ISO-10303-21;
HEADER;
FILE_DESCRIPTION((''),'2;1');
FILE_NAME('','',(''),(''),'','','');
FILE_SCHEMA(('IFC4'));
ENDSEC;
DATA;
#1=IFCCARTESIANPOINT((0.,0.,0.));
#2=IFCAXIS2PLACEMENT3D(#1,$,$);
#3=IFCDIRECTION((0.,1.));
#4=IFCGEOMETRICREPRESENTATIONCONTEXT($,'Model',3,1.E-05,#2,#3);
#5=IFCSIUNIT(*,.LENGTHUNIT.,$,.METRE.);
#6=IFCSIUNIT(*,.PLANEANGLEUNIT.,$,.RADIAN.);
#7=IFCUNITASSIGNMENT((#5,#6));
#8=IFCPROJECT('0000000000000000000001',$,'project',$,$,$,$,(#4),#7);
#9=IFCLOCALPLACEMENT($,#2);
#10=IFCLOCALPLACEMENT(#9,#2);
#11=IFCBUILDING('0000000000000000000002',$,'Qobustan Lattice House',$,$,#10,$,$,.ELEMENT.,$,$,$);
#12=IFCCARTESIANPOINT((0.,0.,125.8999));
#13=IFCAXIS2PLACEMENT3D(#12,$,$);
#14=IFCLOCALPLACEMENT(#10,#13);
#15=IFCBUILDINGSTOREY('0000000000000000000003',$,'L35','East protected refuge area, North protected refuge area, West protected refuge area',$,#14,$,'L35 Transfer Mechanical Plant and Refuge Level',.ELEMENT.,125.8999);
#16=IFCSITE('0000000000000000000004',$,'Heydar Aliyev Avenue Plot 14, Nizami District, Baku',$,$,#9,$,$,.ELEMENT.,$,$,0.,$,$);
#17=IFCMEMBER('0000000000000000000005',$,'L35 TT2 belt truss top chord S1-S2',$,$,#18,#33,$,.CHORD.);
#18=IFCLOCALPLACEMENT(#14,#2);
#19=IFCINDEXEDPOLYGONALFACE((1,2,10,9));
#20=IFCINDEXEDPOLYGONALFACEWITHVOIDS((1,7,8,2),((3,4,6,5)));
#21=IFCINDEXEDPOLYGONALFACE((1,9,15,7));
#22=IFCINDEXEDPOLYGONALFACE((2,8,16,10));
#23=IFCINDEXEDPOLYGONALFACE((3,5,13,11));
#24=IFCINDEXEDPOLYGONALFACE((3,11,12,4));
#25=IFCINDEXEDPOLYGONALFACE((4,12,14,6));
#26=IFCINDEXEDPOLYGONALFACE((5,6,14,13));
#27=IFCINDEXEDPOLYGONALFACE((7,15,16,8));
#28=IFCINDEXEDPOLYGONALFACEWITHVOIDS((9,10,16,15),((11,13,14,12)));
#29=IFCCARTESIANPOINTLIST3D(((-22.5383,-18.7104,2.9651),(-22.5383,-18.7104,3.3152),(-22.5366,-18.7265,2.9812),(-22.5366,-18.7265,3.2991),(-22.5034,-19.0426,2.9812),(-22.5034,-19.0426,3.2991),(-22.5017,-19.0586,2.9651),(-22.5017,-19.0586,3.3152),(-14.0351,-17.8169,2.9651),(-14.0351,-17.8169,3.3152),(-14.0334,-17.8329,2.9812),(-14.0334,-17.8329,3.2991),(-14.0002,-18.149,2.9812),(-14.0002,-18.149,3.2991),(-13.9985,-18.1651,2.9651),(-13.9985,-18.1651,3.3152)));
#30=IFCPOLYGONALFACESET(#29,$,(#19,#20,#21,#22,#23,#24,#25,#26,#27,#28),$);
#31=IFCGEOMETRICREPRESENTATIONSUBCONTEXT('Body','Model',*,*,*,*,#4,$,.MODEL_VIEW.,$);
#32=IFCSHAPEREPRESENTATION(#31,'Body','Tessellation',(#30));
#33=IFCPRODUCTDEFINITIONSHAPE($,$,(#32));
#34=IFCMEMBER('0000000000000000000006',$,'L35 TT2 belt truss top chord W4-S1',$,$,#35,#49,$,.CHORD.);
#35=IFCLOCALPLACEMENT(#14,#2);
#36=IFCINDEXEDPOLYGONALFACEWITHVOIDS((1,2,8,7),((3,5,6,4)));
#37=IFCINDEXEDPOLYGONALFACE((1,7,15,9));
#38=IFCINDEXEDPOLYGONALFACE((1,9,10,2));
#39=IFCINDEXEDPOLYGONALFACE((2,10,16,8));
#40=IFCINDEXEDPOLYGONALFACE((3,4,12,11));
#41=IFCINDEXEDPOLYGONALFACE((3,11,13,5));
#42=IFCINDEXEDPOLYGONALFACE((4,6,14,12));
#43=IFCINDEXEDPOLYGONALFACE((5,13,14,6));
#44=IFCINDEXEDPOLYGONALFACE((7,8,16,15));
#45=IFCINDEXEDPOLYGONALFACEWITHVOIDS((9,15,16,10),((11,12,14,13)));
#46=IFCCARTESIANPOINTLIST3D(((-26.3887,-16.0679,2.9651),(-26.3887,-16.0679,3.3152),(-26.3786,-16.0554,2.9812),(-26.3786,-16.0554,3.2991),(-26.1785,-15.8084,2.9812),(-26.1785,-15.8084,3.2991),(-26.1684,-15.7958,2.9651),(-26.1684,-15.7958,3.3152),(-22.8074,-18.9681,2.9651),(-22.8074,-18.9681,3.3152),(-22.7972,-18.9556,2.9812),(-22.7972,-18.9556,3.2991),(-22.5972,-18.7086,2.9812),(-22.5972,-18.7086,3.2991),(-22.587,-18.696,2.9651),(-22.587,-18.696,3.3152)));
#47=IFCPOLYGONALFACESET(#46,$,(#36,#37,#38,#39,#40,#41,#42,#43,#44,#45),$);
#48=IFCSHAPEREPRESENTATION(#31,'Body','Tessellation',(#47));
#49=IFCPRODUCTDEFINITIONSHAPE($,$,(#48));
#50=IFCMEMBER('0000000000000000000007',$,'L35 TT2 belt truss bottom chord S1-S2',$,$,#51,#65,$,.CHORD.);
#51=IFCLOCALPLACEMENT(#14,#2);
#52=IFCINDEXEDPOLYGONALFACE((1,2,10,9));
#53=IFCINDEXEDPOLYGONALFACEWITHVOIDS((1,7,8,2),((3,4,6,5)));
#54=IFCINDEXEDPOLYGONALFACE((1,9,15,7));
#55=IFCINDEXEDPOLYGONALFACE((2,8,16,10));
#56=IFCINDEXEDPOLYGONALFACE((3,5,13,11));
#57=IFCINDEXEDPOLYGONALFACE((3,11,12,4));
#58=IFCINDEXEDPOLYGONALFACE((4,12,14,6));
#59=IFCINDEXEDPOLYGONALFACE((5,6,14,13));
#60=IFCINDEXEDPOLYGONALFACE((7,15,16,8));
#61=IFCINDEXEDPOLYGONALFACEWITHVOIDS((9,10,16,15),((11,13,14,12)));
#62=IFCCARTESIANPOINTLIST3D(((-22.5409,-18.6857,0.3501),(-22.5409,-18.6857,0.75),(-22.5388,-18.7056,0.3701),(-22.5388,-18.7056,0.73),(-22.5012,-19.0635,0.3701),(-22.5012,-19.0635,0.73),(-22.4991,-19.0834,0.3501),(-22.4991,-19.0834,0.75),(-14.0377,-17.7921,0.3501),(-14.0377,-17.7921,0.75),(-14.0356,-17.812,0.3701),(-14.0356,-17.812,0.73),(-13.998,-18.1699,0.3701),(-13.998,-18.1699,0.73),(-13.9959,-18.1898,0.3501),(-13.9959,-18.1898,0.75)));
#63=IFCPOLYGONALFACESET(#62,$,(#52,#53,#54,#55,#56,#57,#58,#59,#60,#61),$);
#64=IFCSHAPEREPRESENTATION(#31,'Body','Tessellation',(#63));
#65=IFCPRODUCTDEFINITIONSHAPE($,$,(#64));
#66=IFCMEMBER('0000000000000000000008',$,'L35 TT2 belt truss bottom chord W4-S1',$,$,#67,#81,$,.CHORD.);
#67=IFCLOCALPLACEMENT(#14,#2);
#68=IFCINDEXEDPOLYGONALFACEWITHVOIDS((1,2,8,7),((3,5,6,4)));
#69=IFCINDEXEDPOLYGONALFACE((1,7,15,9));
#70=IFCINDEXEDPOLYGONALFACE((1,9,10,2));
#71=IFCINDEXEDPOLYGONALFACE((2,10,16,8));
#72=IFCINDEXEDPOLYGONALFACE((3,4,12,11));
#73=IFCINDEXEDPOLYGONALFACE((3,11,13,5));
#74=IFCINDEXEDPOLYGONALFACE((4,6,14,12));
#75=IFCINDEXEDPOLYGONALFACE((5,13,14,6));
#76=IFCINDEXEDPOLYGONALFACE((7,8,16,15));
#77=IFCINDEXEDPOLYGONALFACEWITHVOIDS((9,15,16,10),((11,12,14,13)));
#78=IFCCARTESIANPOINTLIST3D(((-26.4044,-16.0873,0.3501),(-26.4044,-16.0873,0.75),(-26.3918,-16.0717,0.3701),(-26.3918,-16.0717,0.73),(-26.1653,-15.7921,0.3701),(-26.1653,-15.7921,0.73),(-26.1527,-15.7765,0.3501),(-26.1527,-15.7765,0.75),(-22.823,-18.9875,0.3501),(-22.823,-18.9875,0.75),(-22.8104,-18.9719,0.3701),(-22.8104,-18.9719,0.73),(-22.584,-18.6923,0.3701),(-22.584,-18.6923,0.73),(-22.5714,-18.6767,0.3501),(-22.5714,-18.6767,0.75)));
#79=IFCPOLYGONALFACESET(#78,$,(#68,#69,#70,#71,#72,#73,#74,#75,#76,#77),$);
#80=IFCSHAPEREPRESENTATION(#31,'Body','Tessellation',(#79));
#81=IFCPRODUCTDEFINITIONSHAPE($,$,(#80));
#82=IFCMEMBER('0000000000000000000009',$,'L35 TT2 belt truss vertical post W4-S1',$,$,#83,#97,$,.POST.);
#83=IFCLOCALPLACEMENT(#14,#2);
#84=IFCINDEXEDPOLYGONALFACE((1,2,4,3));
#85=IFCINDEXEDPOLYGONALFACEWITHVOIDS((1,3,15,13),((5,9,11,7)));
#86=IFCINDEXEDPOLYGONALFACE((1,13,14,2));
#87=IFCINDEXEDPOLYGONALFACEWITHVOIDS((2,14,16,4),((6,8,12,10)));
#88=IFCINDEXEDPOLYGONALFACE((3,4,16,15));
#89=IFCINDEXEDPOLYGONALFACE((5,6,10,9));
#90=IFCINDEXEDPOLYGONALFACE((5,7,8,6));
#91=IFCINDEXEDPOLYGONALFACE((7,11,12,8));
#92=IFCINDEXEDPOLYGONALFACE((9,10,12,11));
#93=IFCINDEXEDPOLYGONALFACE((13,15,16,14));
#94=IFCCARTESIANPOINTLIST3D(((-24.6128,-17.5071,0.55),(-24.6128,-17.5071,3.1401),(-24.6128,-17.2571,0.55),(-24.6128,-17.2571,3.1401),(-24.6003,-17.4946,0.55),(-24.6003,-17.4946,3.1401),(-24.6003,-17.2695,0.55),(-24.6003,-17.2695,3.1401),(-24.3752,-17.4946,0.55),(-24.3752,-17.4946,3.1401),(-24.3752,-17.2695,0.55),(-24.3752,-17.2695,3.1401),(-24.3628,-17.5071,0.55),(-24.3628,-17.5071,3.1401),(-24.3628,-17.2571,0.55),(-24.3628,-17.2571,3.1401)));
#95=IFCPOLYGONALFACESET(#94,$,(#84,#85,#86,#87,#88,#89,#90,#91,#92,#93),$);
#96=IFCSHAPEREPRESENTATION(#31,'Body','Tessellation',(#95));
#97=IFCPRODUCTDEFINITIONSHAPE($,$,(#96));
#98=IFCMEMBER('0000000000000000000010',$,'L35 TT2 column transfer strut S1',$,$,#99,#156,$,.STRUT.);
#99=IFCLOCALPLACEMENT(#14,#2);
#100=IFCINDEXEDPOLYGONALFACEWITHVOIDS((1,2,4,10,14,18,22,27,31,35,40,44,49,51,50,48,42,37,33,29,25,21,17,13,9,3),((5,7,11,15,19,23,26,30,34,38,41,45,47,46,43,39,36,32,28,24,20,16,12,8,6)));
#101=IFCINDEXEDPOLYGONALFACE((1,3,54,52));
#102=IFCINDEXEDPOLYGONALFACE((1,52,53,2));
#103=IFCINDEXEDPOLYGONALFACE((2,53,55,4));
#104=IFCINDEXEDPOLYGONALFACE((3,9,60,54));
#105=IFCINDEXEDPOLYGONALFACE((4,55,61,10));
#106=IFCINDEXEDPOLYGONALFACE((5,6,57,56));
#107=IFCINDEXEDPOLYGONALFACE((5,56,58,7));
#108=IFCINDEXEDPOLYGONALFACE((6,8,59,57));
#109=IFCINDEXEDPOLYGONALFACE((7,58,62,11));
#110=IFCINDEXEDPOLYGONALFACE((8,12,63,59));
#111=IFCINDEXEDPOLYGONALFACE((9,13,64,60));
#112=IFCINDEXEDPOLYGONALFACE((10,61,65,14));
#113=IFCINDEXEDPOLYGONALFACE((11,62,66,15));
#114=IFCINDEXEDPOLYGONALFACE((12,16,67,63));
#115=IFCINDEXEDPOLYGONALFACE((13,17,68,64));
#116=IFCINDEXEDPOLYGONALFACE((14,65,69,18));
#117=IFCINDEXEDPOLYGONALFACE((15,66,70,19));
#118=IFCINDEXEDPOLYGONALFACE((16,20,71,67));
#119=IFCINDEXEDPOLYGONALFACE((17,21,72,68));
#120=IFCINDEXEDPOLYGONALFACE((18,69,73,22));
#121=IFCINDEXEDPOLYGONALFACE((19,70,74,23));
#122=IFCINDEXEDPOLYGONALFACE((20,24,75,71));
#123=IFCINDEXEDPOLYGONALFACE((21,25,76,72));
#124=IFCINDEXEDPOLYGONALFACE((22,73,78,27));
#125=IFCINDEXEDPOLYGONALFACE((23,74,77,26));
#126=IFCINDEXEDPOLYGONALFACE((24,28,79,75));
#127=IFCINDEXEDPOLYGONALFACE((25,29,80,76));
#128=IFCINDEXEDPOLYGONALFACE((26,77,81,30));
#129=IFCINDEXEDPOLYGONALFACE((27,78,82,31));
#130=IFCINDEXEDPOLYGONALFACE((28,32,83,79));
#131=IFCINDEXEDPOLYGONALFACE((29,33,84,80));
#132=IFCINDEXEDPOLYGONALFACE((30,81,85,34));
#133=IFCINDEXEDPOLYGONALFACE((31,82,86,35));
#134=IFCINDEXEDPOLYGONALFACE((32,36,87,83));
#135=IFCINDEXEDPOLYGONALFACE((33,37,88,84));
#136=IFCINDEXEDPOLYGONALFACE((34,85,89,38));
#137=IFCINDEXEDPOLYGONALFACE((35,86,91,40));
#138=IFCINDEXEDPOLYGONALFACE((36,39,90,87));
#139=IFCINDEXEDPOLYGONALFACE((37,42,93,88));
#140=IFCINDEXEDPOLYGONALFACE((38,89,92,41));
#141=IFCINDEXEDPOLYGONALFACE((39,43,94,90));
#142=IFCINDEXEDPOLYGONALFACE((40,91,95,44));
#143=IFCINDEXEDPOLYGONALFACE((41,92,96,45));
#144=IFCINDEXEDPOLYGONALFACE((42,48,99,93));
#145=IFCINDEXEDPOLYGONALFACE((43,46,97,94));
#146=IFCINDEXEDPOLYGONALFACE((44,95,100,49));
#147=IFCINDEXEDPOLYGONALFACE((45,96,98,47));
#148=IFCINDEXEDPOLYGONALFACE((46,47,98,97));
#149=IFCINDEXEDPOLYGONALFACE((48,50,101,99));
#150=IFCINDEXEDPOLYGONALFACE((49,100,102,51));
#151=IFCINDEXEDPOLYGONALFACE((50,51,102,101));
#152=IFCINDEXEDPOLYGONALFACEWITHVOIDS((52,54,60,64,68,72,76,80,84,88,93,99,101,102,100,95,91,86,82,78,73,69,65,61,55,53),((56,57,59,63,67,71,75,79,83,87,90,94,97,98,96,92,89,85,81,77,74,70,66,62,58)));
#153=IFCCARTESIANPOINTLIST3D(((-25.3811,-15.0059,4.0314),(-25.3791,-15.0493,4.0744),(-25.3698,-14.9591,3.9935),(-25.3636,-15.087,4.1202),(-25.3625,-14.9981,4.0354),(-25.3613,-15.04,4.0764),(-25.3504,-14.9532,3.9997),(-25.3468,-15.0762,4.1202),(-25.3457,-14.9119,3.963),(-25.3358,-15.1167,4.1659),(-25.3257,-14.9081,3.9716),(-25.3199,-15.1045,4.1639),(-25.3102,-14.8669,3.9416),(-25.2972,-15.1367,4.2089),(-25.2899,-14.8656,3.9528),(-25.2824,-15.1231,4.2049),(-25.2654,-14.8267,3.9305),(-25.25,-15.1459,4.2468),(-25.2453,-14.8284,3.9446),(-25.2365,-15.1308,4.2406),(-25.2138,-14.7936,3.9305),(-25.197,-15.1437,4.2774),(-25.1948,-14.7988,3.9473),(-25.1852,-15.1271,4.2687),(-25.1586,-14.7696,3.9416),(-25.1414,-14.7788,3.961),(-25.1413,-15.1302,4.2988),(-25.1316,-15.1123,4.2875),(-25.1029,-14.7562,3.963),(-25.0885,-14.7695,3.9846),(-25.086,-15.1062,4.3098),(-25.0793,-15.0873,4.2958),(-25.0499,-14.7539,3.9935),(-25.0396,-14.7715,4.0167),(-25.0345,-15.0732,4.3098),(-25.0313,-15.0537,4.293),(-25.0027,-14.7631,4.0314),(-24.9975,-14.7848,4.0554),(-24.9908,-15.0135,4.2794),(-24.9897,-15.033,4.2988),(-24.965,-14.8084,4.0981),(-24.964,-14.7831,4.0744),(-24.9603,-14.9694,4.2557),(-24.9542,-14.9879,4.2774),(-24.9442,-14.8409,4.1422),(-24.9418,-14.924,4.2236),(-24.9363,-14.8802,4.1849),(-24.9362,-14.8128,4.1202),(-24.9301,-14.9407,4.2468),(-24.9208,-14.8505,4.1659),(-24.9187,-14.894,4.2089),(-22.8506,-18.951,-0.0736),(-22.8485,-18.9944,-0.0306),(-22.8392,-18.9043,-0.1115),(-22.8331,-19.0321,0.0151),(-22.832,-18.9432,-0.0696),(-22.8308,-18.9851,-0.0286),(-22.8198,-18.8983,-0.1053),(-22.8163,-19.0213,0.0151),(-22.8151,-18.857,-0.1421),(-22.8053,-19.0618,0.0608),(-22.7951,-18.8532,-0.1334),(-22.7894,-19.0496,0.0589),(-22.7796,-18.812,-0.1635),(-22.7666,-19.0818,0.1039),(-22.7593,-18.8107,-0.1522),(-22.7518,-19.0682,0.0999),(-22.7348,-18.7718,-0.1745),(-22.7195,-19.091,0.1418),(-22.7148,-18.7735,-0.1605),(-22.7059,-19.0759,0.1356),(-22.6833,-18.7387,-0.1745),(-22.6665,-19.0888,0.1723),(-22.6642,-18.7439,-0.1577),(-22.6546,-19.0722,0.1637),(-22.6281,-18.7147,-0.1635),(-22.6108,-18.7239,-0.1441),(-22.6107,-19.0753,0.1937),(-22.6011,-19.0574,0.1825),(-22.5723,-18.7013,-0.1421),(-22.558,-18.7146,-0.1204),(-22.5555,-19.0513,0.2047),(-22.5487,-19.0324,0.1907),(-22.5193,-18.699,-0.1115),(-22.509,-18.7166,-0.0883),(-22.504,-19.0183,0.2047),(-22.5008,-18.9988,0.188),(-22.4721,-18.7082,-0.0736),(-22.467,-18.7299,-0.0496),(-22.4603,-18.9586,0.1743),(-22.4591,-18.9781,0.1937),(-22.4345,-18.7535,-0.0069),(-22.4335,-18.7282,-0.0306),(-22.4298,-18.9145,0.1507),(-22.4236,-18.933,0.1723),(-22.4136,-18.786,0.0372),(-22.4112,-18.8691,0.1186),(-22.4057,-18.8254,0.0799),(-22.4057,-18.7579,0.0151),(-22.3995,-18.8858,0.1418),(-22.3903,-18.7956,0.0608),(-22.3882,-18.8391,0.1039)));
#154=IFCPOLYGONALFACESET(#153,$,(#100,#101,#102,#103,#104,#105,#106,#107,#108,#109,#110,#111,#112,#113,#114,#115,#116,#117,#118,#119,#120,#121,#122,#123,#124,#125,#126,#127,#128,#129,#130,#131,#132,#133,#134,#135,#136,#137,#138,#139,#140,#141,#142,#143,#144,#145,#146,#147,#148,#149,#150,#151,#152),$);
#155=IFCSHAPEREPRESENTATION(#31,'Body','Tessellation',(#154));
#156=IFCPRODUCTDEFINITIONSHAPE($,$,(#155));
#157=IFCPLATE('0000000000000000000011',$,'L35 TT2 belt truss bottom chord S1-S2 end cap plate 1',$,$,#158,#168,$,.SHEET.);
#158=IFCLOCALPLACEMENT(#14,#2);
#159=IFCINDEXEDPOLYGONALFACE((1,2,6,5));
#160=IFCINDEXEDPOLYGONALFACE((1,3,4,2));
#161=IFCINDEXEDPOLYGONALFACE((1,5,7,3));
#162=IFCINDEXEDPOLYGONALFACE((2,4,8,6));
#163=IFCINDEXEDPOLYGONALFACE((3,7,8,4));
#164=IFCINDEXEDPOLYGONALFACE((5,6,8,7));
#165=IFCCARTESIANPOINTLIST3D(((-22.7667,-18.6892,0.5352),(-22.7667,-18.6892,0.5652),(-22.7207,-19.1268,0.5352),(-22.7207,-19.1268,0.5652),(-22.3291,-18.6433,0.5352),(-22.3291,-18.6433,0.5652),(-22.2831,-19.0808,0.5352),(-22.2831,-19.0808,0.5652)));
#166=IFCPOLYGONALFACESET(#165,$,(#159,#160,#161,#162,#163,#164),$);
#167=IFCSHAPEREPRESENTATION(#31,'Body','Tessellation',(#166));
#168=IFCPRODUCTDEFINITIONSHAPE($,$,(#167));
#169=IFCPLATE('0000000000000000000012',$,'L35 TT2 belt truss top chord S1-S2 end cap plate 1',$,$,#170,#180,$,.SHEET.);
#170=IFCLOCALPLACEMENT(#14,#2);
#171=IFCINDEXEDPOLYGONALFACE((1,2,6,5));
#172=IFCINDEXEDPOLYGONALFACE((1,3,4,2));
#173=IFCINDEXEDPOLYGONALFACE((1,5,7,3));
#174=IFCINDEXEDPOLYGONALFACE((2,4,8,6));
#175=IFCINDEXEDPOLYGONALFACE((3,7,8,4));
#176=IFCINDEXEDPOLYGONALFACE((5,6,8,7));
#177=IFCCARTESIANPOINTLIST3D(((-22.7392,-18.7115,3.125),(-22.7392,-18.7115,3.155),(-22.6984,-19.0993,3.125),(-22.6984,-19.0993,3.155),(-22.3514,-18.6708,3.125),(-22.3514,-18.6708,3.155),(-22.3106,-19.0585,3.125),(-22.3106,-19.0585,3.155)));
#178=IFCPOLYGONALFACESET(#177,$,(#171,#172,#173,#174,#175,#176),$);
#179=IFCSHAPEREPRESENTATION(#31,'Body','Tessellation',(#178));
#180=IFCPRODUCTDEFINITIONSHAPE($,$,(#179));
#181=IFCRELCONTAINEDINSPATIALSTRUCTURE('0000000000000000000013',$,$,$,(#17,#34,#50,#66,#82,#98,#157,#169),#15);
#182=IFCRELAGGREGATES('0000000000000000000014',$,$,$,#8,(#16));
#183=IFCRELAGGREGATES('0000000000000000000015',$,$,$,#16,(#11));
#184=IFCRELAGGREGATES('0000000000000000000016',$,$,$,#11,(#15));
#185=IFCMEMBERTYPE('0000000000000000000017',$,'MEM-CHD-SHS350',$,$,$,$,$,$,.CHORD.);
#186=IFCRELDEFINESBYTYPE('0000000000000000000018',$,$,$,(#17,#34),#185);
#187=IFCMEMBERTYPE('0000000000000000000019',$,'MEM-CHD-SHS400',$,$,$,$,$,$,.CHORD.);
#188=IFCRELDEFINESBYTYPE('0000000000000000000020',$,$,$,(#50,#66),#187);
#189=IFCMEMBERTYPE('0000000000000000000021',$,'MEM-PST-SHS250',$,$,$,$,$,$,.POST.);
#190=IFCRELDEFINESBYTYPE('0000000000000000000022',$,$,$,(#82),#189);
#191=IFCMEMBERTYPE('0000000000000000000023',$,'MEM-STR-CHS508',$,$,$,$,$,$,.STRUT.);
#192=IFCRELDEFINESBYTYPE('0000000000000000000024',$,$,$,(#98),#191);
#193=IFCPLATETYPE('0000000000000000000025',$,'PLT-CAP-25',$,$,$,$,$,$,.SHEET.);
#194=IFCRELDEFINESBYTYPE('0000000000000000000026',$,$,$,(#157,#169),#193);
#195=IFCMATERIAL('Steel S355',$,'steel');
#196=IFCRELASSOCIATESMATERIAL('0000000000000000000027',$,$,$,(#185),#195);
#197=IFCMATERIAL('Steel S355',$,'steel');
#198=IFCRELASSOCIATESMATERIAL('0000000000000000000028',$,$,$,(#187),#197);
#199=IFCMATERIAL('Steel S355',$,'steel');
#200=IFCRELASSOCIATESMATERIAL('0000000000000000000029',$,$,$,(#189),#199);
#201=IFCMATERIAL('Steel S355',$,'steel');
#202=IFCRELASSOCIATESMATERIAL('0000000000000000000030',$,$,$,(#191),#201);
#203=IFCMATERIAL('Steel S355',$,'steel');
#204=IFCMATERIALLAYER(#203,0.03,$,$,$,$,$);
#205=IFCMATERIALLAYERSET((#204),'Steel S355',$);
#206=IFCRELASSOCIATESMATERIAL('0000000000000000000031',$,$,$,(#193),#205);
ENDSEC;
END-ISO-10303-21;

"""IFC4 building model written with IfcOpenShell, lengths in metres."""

from ifc_helpers import new_model, si_unit, direction, frame, origin, origin_2d, place, context, subcontext, project, spatial, rectangle, hollow_rectangle, hollow_circle, extrude, material, layer, layer_set, material_profile, profile_set, type_object, element, save


model = new_model("IFC4")

# Units and contexts
model_context = context("Model", 3, precision=1e-05, world=origin(), true_north=direction((0.0, 1.0)))
body_context = subcontext(model_context, "Body", "Model", "MODEL_VIEW")
ifc_project = project(units=[si_unit("LENGTHUNIT", "METRE"), si_unit("PLANEANGLEUNIT", "RADIAN")], contexts=[model_context])

# Site, building, storey
site_placement = place(None, origin())
site = spatial("IfcSite", under=ifc_project, at=site_placement, Name="Heydar Aliyev Avenue Plot 14, Nizami District, Baku", CompositionType="ELEMENT", RefElevation=0.0)
building_placement = place(site_placement, origin())
building = spatial("IfcBuilding", under=site, at=building_placement, Name="Qobustan Lattice House", CompositionType="ELEMENT")
storey_placement = place(building_placement, frame((0.0, 0.0, 125.8999)))
storey = spatial("IfcBuildingStorey", under=building, at=storey_placement, Name="L35", Description="East protected refuge area, North protected refuge area, West protected refuge area", LongName="L35 Transfer Mechanical Plant and Refuge Level", CompositionType="ELEMENT", Elevation=125.8999)

# Members
ifc_material_1 = material(Name="Steel S355", Category="steel")
ifc_material_profile_1 = material_profile(ifc_material_1, hollow_rectangle(XDim=0.3501, YDim=0.3501, WallThickness=0.0161, at=origin_2d()), Name="SHS350x350x16")
ifc_profile_set_1 = profile_set([ifc_material_profile_1], Name="Steel S355")
member_type_1 = type_object("IfcMemberType", Name="MEM-CHD-SHS350", PredefinedType="CHORD", material=ifc_profile_set_1)
member_1_placement = place(storey_placement, frame((-22.52, -18.8845, 3.1401), z_axis=(0.994524, 0.104509, 0.0), x_axis=(-0.104509, 0.994524, 0.0)))
element("IfcMember", 1, at=member_1_placement, inside=storey, type_object=member_type_1, Name="L35 TT2 belt truss top chord S1-S2", PredefinedType="CHORD", context=body_context, shape_type="SweptSolid", body=[
    extrude(hollow_rectangle(XDim=0.3501, YDim=0.3501, WallThickness=0.0161, at=origin_2d()), origin(), (0.0, 0.0, 1.0), 8.55),
])
member_2_placement = place(storey_placement, frame((-26.2786, -15.9319, 3.1401), z_axis=(0.777139, -0.629329, 0.0), x_axis=(0.629329, 0.777139, 0.0)))
element("IfcMember", 2, at=member_2_placement, inside=storey, type_object=member_type_1, Name="L35 TT2 belt truss top chord W4-S1", PredefinedType="CHORD", context=body_context, shape_type="SweptSolid", body=[
    extrude(hollow_rectangle(XDim=0.3501, YDim=0.3501, WallThickness=0.0161, at=origin_2d()), origin(), (0.0, 0.0, 1.0), 4.6084),
])
ifc_material_2 = material(Name="Steel S355", Category="steel")
ifc_material_profile_2 = material_profile(ifc_material_2, hollow_rectangle(XDim=0.3999, YDim=0.3999, WallThickness=0.02, at=origin_2d()), Name="SHS400x400x20")
ifc_profile_set_2 = profile_set([ifc_material_profile_2], Name="Steel S355")
member_type_2 = type_object("IfcMemberType", Name="MEM-CHD-SHS400", PredefinedType="CHORD", material=ifc_profile_set_2)
member_3_placement = place(storey_placement, frame((-22.52, -18.8845, 0.55), z_axis=(0.994524, 0.104509, 0.0), x_axis=(-0.104509, 0.994524, 0.0)))
element("IfcMember", 3, at=member_3_placement, inside=storey, type_object=member_type_2, Name="L35 TT2 belt truss bottom chord S1-S2", PredefinedType="CHORD", context=body_context, shape_type="SweptSolid", body=[
    extrude(hollow_rectangle(XDim=0.3999, YDim=0.3999, WallThickness=0.02, at=origin_2d()), origin(), (0.0, 0.0, 1.0), 8.55),
])
member_4_placement = place(storey_placement, frame((-26.2786, -15.9319, 0.55), z_axis=(0.777139, -0.629329, 0.0), x_axis=(0.629329, 0.777139, 0.0)))
element("IfcMember", 4, at=member_4_placement, inside=storey, type_object=member_type_2, Name="L35 TT2 belt truss bottom chord W4-S1", PredefinedType="CHORD", context=body_context, shape_type="SweptSolid", body=[
    extrude(hollow_rectangle(XDim=0.3999, YDim=0.3999, WallThickness=0.02, at=origin_2d()), origin(), (0.0, 0.0, 1.0), 4.6084),
])
ifc_material_3 = material(Name="Steel S355", Category="steel")
ifc_material_profile_3 = material_profile(ifc_material_3, hollow_rectangle(XDim=0.25, YDim=0.25, WallThickness=0.0125, at=origin_2d()), Name="SHS250x250x12.5")
ifc_profile_set_3 = profile_set([ifc_material_profile_3], Name="Steel S355")
member_type_3 = type_object("IfcMemberType", Name="MEM-PST-SHS250", PredefinedType="POST", material=ifc_profile_set_3)
member_5_placement = place(storey_placement, frame((-24.4878, -17.3821, 0.55), z_axis=(0.0, 0.0, 1.0), x_axis=(1.0, 0.0, 0.0)))
element("IfcMember", 5, at=member_5_placement, inside=storey, type_object=member_type_3, Name="L35 TT2 belt truss vertical post W4-S1", PredefinedType="POST", context=body_context, shape_type="SweptSolid", body=[
    extrude(hollow_rectangle(XDim=0.25, YDim=0.25, WallThickness=0.0125, at=origin_2d()), origin(), (0.0, 0.0, 1.0), 2.5901),
])
ifc_material_4 = material(Name="Steel S355", Category="steel")
ifc_material_profile_4 = material_profile(ifc_material_4, hollow_circle(Radius=0.2539, WallThickness=0.02, at=origin_2d()), Name="CHS508x20")
ifc_profile_set_4 = profile_set([ifc_material_profile_4], Name="Steel S355")
member_type_4 = type_object("IfcMemberType", Name="MEM-STR-CHS508", PredefinedType="STRUT", material=ifc_profile_set_4)
member_6_placement = place(storey_placement, frame((-22.6194, -18.895, 0.0151), z_axis=(-0.406156, 0.633196, 0.658863), x_axis=(-0.841721, -0.539912, 0.0)))
element("IfcMember", 6, at=member_6_placement, inside=storey, type_object=member_type_4, Name="L35 TT2 column transfer strut S1", PredefinedType="STRUT", context=body_context, shape_type="SweptSolid", body=[
    extrude(hollow_circle(Radius=0.2539, WallThickness=0.02, at=origin_2d()), origin(), (0.0, 0.0, 1.0), 6.2305),
])

# Plates
ifc_material_5 = material(Name="Steel S355", Category="steel")
ifc_layer_1 = layer(ifc_material_5, 0.03)
ifc_layer_set_1 = layer_set([ifc_layer_1], Name="Steel S355")
plate_type = type_object("IfcPlateType", Name="PLT-CAP-25", PredefinedType="SHEET", material=ifc_layer_set_1)
plate_1_placement = place(storey_placement, frame((-22.5249, -18.885, 0.5352), z_axis=(0.0, 0.0, 1.0), x_axis=(0.994524, 0.104511, 0.0)))
element("IfcPlate", 7, at=plate_1_placement, inside=storey, type_object=plate_type, Name="L35 TT2 belt truss bottom chord S1-S2 end cap plate 1", PredefinedType="SHEET", context=body_context, shape_type="SweptSolid", body=[
    extrude(rectangle(XDim=0.4399, YDim=0.4399, at=origin_2d()), origin(), (0.0, 0.0, 1.0), 0.03),
])
plate_2_placement = place(storey_placement, frame((-22.5249, -18.885, 3.125), z_axis=(0.0, 0.0, 1.0), x_axis=(0.994524, 0.104511, 0.0)))
element("IfcPlate", 8, at=plate_2_placement, inside=storey, type_object=plate_type, Name="L35 TT2 belt truss top chord S1-S2 end cap plate 1", PredefinedType="SHEET", context=body_context, shape_type="SweptSolid", body=[
    extrude(rectangle(XDim=0.3899, YDim=0.3899, at=origin_2d()), origin(), (0.0, 0.0, 1.0), 0.03),
])

save(model, "model.ifc")
